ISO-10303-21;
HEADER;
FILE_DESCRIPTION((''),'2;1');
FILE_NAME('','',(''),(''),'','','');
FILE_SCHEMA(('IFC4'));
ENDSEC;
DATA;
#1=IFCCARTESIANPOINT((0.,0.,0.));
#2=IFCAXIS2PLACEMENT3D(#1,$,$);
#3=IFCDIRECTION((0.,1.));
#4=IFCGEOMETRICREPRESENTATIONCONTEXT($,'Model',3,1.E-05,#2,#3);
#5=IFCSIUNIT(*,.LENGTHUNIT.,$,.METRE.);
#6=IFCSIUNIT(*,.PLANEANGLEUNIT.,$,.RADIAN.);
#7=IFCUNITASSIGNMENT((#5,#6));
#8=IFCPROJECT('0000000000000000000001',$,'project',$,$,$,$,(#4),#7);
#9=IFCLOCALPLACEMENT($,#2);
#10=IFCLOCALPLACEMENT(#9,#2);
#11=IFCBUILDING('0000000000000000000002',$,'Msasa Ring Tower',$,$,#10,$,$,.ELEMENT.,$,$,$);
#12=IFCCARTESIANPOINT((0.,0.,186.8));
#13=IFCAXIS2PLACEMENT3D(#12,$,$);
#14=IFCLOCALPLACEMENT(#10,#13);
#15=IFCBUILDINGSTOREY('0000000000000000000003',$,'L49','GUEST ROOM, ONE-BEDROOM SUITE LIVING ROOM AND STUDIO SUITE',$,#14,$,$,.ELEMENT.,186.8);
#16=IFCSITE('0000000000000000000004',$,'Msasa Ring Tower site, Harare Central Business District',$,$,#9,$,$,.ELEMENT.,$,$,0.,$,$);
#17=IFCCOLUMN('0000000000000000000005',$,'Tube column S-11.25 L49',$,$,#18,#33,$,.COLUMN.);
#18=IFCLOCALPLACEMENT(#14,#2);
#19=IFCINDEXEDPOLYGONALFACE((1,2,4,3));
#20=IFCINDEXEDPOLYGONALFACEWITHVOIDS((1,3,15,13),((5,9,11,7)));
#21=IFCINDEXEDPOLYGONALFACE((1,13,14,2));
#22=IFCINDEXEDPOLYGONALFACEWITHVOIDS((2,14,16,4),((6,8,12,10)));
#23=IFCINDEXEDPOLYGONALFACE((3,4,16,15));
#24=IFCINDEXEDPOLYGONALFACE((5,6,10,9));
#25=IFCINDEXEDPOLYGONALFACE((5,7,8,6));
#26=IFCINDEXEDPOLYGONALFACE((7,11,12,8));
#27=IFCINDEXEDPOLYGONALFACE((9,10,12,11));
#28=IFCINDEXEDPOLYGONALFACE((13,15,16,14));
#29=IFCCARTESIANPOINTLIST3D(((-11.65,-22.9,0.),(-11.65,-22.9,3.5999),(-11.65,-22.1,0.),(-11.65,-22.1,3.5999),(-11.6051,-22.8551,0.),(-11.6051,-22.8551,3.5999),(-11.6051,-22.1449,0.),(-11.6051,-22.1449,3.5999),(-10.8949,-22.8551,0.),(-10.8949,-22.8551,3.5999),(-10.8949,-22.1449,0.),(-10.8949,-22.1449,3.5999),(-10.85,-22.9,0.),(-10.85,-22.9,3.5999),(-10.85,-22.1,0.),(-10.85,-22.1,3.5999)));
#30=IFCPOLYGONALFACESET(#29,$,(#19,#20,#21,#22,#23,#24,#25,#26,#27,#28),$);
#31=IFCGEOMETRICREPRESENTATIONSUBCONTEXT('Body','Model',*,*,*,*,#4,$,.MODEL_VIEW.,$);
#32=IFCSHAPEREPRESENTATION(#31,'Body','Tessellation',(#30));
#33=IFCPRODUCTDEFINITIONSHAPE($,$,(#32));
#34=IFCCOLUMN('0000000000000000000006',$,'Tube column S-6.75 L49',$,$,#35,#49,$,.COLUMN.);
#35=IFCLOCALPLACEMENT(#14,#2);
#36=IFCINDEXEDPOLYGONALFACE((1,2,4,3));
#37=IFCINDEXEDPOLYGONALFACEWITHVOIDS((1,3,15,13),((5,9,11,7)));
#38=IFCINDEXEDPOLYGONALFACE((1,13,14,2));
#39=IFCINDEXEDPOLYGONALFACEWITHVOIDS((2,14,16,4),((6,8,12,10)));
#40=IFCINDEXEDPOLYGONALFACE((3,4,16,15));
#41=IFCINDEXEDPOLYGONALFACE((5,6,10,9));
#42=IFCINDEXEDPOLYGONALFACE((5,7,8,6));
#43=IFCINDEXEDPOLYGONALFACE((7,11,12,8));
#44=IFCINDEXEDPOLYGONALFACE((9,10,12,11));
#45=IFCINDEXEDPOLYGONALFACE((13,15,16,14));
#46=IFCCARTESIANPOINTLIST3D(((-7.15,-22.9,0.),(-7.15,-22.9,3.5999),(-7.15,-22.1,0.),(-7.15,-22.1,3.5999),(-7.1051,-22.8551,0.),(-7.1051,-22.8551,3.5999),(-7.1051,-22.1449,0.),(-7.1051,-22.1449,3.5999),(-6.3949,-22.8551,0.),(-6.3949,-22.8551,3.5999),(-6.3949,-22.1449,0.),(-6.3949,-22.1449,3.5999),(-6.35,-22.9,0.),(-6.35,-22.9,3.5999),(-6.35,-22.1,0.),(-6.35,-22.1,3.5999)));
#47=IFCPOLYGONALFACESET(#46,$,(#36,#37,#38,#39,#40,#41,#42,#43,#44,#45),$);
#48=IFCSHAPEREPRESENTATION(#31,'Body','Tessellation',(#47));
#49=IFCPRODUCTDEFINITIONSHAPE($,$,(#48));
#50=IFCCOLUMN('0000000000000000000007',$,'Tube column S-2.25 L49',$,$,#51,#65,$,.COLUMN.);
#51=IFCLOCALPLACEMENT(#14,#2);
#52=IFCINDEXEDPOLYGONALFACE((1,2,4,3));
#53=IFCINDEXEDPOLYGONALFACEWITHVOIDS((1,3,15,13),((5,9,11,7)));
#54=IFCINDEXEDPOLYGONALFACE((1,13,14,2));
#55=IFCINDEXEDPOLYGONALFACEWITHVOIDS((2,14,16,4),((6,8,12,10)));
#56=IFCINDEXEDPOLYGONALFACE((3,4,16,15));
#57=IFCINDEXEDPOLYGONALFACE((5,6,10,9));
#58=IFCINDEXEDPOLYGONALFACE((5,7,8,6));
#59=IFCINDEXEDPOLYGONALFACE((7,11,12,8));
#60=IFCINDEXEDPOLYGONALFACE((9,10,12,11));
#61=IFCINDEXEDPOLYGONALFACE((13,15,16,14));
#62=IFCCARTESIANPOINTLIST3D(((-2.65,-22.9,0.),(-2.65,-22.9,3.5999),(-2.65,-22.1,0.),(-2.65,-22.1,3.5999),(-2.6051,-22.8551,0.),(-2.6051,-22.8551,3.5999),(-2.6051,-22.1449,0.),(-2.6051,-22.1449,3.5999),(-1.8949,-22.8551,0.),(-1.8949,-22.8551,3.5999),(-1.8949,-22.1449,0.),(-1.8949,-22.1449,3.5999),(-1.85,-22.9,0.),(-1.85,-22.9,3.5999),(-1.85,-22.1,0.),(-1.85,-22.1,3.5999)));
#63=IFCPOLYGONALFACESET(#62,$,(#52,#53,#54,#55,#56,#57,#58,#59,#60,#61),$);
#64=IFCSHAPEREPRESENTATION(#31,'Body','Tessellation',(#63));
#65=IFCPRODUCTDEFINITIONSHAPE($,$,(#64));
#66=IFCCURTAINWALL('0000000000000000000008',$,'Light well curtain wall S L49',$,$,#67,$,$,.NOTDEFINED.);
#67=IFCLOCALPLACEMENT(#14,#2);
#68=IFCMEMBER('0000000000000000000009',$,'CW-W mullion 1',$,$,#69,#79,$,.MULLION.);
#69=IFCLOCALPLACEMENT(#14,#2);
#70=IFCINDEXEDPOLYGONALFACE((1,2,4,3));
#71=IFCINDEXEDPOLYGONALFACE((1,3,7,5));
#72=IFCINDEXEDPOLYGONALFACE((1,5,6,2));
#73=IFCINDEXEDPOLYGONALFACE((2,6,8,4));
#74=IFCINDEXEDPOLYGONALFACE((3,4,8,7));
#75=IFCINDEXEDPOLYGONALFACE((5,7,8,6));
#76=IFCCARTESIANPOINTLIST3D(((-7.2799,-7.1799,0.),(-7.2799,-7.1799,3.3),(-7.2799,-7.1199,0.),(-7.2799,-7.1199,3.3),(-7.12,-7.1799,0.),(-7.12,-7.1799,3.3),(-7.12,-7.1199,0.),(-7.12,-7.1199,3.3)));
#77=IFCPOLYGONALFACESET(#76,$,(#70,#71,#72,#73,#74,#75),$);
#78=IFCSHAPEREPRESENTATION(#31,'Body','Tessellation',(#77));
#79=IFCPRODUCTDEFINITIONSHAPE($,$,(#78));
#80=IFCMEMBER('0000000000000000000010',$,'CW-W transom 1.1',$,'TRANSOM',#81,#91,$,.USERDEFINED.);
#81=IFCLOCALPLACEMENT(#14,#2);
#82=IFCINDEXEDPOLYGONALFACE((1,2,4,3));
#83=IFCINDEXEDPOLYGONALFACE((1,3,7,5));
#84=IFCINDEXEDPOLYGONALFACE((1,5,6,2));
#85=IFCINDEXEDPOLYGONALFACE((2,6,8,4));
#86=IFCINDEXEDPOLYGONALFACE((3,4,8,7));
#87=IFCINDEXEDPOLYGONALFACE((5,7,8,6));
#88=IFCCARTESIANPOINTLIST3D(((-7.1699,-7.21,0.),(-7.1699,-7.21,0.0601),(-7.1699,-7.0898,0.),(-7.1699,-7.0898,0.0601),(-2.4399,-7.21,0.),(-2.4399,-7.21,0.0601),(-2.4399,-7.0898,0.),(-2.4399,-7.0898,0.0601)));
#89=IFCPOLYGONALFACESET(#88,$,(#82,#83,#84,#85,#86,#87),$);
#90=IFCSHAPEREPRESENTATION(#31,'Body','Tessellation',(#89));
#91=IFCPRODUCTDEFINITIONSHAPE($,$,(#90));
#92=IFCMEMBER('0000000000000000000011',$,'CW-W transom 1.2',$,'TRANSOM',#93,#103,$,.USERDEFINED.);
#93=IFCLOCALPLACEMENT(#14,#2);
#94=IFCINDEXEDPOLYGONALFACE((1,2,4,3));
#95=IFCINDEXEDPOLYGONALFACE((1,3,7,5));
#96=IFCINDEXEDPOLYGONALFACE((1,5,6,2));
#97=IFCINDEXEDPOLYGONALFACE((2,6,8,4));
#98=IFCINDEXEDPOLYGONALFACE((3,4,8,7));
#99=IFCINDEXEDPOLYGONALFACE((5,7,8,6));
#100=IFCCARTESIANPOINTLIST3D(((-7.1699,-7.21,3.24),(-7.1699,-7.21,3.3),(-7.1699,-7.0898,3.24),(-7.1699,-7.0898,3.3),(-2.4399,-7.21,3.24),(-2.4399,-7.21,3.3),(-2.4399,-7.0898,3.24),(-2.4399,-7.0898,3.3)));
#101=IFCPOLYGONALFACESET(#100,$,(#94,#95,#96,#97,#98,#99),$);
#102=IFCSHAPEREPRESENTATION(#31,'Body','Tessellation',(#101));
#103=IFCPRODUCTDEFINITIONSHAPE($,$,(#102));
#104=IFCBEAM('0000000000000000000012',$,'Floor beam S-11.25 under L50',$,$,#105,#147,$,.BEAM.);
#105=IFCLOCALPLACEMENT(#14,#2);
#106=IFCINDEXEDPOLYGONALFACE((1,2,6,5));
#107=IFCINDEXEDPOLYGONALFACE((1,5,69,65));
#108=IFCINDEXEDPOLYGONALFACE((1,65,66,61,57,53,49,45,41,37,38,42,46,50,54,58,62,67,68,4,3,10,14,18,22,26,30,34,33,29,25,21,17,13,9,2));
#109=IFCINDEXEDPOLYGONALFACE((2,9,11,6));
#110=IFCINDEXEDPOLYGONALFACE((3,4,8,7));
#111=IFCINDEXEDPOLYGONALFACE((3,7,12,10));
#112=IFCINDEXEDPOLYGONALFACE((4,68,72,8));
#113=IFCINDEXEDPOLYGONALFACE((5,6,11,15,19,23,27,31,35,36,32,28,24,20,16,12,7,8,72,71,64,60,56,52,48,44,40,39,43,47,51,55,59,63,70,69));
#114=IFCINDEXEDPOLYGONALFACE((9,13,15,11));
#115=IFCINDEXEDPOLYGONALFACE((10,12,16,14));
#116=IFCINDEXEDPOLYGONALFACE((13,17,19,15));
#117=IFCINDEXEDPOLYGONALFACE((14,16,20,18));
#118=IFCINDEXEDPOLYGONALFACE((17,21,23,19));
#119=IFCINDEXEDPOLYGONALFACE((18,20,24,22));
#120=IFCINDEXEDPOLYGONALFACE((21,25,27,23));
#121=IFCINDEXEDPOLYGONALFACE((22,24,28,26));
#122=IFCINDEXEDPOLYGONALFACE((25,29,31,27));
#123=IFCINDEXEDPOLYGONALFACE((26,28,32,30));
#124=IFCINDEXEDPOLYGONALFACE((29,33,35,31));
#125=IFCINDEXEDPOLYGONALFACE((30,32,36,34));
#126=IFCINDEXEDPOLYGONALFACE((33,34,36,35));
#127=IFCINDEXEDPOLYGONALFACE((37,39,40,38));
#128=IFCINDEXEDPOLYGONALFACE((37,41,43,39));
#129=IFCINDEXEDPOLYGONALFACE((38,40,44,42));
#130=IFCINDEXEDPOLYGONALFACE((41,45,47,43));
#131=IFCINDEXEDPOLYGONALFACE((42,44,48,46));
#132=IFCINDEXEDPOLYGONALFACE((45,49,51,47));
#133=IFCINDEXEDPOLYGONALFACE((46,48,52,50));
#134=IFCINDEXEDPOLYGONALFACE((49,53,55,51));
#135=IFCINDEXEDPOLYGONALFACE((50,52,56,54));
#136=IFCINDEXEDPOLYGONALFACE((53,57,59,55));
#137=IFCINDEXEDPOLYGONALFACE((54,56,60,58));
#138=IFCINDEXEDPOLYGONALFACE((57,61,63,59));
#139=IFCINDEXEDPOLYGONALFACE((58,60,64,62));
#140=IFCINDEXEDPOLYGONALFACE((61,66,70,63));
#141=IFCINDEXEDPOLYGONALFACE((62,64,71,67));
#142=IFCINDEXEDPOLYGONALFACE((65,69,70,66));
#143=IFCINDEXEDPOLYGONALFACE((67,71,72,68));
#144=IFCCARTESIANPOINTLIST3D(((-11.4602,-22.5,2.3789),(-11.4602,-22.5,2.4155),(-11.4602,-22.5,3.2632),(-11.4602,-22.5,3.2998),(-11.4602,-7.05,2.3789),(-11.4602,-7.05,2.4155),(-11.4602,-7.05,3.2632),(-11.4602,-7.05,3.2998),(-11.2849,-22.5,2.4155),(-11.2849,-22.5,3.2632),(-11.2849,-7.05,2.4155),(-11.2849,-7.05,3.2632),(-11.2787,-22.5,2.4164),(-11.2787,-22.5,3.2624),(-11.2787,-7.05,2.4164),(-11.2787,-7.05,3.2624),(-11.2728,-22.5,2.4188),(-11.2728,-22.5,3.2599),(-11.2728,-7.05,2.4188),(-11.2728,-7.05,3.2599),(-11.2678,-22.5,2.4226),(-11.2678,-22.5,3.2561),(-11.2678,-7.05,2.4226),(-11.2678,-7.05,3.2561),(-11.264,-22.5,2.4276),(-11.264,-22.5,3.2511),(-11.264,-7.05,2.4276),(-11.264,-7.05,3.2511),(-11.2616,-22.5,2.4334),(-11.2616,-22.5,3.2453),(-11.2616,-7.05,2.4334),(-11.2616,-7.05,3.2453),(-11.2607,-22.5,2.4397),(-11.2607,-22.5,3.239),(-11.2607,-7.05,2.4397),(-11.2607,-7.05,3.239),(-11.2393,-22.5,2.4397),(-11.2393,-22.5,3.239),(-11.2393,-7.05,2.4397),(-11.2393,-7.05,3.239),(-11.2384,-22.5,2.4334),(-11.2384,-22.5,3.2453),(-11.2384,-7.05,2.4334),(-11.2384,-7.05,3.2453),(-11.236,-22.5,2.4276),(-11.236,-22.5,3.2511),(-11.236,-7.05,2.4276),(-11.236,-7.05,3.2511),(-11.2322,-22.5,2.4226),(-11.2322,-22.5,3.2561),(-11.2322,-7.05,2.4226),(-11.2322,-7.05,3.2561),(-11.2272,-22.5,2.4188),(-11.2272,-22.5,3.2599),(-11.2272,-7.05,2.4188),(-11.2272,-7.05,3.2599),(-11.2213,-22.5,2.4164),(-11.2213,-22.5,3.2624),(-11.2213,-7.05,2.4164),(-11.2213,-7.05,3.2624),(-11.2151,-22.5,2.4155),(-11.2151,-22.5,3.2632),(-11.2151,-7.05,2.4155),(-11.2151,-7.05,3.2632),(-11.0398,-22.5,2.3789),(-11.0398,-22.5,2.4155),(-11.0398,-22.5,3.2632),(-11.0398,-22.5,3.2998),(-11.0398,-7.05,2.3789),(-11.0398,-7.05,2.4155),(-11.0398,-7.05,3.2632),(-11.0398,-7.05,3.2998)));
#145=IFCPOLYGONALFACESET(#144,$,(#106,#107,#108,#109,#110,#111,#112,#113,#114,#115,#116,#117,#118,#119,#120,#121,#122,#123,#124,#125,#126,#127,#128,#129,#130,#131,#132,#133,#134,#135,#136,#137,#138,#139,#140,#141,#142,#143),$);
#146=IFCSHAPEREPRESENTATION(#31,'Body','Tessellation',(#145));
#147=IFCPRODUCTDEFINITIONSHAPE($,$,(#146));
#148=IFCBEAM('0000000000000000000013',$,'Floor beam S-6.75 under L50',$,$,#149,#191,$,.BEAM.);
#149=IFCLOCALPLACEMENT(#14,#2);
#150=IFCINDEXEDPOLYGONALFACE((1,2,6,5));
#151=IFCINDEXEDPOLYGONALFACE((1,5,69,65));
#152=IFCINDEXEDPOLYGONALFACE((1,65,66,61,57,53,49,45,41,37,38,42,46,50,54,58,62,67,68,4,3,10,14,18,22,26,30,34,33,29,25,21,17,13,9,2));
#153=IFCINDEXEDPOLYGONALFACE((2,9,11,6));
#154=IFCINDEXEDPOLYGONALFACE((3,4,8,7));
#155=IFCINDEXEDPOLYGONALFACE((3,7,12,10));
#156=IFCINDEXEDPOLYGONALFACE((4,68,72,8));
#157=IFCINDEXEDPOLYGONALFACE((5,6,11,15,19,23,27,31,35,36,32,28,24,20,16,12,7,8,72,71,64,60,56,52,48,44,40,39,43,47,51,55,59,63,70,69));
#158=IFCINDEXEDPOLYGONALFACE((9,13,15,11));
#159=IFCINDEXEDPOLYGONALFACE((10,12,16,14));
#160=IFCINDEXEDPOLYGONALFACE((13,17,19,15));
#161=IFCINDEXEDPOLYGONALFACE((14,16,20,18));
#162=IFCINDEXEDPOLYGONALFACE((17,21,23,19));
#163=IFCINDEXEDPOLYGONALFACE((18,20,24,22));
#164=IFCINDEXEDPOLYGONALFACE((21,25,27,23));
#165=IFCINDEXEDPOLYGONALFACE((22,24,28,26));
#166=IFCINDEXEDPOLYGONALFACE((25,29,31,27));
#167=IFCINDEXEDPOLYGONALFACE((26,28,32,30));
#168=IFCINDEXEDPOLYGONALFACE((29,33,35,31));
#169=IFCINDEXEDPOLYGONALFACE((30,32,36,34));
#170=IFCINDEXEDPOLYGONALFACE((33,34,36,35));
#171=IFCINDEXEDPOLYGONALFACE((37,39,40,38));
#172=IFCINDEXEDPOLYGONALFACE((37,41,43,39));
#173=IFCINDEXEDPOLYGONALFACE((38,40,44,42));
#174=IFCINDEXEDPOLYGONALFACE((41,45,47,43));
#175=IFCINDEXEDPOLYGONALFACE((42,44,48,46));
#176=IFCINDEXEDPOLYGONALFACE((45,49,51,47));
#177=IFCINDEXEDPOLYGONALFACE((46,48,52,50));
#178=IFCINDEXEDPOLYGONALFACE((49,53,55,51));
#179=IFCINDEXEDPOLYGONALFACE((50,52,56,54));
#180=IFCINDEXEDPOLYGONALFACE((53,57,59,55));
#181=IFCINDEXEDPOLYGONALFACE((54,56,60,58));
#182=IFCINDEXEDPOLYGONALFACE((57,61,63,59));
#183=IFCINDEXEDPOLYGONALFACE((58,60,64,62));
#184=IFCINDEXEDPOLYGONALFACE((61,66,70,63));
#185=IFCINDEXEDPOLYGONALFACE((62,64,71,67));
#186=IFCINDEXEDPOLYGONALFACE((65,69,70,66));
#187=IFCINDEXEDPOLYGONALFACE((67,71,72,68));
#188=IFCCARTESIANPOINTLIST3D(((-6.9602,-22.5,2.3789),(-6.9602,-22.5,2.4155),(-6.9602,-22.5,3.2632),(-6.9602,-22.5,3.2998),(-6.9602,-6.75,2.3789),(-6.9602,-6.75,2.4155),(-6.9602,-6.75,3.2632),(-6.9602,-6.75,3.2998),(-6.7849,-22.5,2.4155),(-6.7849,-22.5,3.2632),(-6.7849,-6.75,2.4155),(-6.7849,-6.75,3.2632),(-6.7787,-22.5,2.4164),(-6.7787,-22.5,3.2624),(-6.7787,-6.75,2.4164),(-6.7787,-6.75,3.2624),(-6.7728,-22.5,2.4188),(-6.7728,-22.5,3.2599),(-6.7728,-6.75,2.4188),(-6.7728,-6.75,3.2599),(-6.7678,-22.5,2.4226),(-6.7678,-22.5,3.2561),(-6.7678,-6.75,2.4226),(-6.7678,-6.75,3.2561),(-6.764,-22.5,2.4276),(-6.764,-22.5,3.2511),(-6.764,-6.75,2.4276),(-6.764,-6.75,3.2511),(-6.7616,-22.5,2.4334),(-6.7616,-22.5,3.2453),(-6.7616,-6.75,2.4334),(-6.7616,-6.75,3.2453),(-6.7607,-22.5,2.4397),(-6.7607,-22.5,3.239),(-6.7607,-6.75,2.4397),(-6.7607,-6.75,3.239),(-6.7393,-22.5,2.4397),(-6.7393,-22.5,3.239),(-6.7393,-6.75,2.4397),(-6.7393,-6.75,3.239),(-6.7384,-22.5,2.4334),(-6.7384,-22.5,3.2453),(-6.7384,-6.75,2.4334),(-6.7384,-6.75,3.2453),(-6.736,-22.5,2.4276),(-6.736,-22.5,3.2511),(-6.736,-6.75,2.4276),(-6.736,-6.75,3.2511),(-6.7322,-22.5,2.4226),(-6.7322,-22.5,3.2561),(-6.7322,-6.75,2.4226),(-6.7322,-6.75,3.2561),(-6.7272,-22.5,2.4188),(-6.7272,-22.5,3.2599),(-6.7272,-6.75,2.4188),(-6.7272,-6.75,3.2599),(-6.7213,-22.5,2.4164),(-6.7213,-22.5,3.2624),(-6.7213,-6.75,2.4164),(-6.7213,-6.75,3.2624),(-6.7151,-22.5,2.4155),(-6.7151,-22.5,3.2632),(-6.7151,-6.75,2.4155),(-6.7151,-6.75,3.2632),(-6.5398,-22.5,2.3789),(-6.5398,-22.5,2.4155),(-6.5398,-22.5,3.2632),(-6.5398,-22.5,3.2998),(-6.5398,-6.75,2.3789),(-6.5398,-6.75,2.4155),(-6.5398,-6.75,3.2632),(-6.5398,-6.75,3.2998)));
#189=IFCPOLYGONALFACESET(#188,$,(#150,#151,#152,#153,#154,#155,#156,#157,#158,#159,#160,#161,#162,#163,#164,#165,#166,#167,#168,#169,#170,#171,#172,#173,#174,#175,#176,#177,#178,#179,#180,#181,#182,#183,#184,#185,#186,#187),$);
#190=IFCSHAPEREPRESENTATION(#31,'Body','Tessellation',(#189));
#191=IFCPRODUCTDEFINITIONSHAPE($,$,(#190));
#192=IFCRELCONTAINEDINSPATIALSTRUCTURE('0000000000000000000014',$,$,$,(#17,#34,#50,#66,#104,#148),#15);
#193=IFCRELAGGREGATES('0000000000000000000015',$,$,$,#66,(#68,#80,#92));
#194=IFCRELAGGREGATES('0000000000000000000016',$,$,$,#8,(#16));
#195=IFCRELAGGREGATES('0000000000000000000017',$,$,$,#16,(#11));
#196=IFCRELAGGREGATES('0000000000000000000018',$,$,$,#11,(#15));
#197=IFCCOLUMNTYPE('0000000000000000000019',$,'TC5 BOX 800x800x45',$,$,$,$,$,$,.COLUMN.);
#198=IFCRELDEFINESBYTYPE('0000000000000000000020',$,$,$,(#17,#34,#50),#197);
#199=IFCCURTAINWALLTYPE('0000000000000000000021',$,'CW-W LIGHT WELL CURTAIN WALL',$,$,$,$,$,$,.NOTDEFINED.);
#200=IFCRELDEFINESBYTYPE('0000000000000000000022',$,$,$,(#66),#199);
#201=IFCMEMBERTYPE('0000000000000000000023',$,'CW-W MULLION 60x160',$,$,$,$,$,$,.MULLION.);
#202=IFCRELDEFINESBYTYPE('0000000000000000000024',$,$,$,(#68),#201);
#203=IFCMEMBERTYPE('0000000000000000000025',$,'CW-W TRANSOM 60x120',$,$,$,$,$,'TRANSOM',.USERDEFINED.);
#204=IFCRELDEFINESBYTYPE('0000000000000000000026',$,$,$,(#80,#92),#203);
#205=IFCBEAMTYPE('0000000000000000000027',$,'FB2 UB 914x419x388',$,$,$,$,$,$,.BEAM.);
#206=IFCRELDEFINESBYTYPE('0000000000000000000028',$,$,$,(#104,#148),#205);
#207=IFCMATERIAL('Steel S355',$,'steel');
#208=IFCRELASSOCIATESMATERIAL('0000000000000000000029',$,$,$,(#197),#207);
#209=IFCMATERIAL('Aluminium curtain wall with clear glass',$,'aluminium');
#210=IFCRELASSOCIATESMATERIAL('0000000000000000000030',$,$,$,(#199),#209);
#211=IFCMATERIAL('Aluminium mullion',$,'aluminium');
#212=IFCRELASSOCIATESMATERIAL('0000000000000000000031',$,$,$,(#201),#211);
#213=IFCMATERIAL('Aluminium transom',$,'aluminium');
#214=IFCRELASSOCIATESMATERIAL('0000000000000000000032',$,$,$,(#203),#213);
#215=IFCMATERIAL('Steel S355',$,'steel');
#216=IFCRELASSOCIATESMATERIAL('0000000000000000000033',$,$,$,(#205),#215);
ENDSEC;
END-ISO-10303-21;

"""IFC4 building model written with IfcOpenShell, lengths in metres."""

from ifc_helpers import new_model, si_unit, direction, frame, origin, origin_2d, place, context, subcontext, project, spatial, rectangle, hollow_rectangle, i_section, extrude, material, material_profile, profile_set, type_object, element, aggregate, save


model = new_model("IFC4")

# Units and contexts
model_context = context("Model", 3, precision=1e-05, world=origin(), true_north=direction((0.0, 1.0)))
body_context = subcontext(model_context, "Body", "Model", "MODEL_VIEW")
ifc_project = project(units=[si_unit("LENGTHUNIT", "METRE"), si_unit("PLANEANGLEUNIT", "RADIAN")], contexts=[model_context])

# Site, building, storey
site_placement = place(None, origin())
site = spatial("IfcSite", under=ifc_project, at=site_placement, Name="Msasa Ring Tower site, Harare Central Business District", CompositionType="ELEMENT", RefElevation=0.0)
building_placement = place(site_placement, origin())
building = spatial("IfcBuilding", under=site, at=building_placement, Name="Msasa Ring Tower", CompositionType="ELEMENT")
storey_placement = place(building_placement, frame((0.0, 0.0, 186.8)))
storey = spatial("IfcBuildingStorey", under=building, at=storey_placement, Name="L49", Description="GUEST ROOM, ONE-BEDROOM SUITE LIVING ROOM AND STUDIO SUITE", CompositionType="ELEMENT", Elevation=186.8)

# Columns
ifc_material_1 = material(Name="Steel S355", Category="steel")
ifc_material_profile_1 = material_profile(ifc_material_1, hollow_rectangle(XDim=0.8, YDim=0.8, WallThickness=0.0449, at=origin_2d()), Name="BOX 800x800x45")
ifc_profile_set_1 = profile_set([ifc_material_profile_1], Name="Steel S355")
column_type = type_object("IfcColumnType", Name="TC5 BOX 800x800x45", PredefinedType="COLUMN", material=ifc_profile_set_1)
for number, where, z_axis, x_axis, name in (
    (1, (-11.25, -22.5, 0.0), (0.0, 0.0, 1.0), (0.0, 1.0, 0.0), "Tube column S-11.25 L49"),
    (2, (-6.75, -22.5, 0.0), (0.0, 0.0, 1.0), (0.0, 1.0, 0.0), "Tube column S-6.75 L49"),
    (3, (-2.25, -22.5, 0.0), (0.0, 0.0, 1.0), (0.0, 1.0, 0.0), "Tube column S-2.25 L49"),
):
    element("IfcColumn", number, at=place(storey_placement, frame(where, z_axis=z_axis, x_axis=x_axis)), inside=storey, type_object=column_type, Name=name, PredefinedType="COLUMN", context=body_context, shape_type="SweptSolid", body=[
        extrude(hollow_rectangle(XDim=0.8, YDim=0.8, WallThickness=0.0449, at=origin_2d()), origin(), (0.0, 0.0, 1.0), 3.5999),
    ])

# Curtain wall, members
ifc_material_2 = material(Name="Aluminium curtain wall with clear glass", Category="aluminium")
curtain_wall_type = type_object("IfcCurtainWallType", Name="CW-W LIGHT WELL CURTAIN WALL", PredefinedType="NOTDEFINED", material=ifc_material_2)
curtain_wall_placement = place(storey_placement, origin())
curtain_wall = element("IfcCurtainWall", 4, at=curtain_wall_placement, inside=storey, type_object=curtain_wall_type, Name="Light well curtain wall S L49", PredefinedType="NOTDEFINED")
ifc_material_3 = material(Name="Aluminium mullion", Category="aluminium")
ifc_material_profile_2 = material_profile(ifc_material_3, rectangle(XDim=0.0601, YDim=0.1599, at=origin_2d()), Name="AL 60x160")
ifc_profile_set_2 = profile_set([ifc_material_profile_2], Name="Aluminium mullion")
member_type_1 = type_object("IfcMemberType", Name="CW-W MULLION 60x160", PredefinedType="MULLION", material=ifc_profile_set_2)
member_1_placement = place(storey_placement, frame((-7.2, -7.1499, 0.0), z_axis=(0.0, 0.0, 1.0), x_axis=(0.0, 1.0, 0.0)))
member_1 = element("IfcMember", 5, at=member_1_placement, type_object=member_type_1, Name="CW-W mullion 1", PredefinedType="MULLION", context=body_context, shape_type="SweptSolid", body=[
    extrude(rectangle(XDim=0.0601, YDim=0.1599, at=origin_2d()), origin(), (0.0, 0.0, 1.0), 3.3),
])
ifc_material_4 = material(Name="Aluminium transom", Category="aluminium")
ifc_material_profile_3 = material_profile(ifc_material_4, rectangle(XDim=0.1201, YDim=0.0601, at=origin_2d()), Name="AL 60x120")
ifc_profile_set_3 = profile_set([ifc_material_profile_3], Name="Aluminium transom")
member_type_2 = type_object("IfcMemberType", Name="CW-W TRANSOM 60x120", ElementType="TRANSOM", PredefinedType="USERDEFINED", material=ifc_profile_set_3)
member_2_placement = place(storey_placement, frame((-7.1699, -7.1499, 0.03), z_axis=(1.0, 0.0, 0.0), x_axis=(0.0, 1.0, 0.0)))
member_2 = element("IfcMember", 6, at=member_2_placement, type_object=member_type_2, Name="CW-W transom 1.1", ObjectType="TRANSOM", PredefinedType="USERDEFINED", context=body_context, shape_type="SweptSolid", body=[
    extrude(rectangle(XDim=0.1201, YDim=0.0601, at=origin_2d()), origin(), (0.0, 0.0, 1.0), 4.73),
])
member_3_placement = place(storey_placement, frame((-7.1699, -7.1499, 3.27), z_axis=(1.0, 0.0, 0.0), x_axis=(0.0, 1.0, 0.0)))
member_3 = element("IfcMember", 7, at=member_3_placement, type_object=member_type_2, Name="CW-W transom 1.2", ObjectType="TRANSOM", PredefinedType="USERDEFINED", context=body_context, shape_type="SweptSolid", body=[
    extrude(rectangle(XDim=0.1201, YDim=0.0601, at=origin_2d()), origin(), (0.0, 0.0, 1.0), 4.73),
])

# Beams
ifc_material_5 = material(Name="Steel S355", Category="steel")
ifc_material_profile_4 = material_profile(ifc_material_5, i_section(OverallWidth=0.4204, OverallDepth=0.9209, WebThickness=0.0215, FlangeThickness=0.0366, FilletRadius=0.0242, at=origin_2d()), Name="UB 914x419x388")
ifc_profile_set_4 = profile_set([ifc_material_profile_4], Name="Steel S355")
beam_type_1 = type_object("IfcBeamType", Name="FB2 UB 914x419x388", PredefinedType="BEAM", material=ifc_profile_set_4)
beam_placement = place(storey_placement, frame((-11.25, -22.5, 2.8394), z_axis=(0.0, 1.0, 0.0), x_axis=(-1.0, 0.0, 0.0)))
element("IfcBeam", 8, at=beam_placement, inside=storey, type_object=beam_type_1, Name="Floor beam S-11.25 under L50", PredefinedType="BEAM", context=body_context, shape_type="SweptSolid", body=[
    extrude(i_section(OverallWidth=0.4204, OverallDepth=0.9209, WebThickness=0.0215, FlangeThickness=0.0366, FilletRadius=0.0242, at=origin_2d()), origin(), (0.0, 0.0, 1.0), 15.45),
])
for number, where, z_axis, x_axis, name in (
    (9, (-6.75, -22.5, 2.8394), (0.0, 1.0, 0.0), (-1.0, 0.0, 0.0), "Floor beam S-6.75 under L50"),
):
    element("IfcBeam", number, at=place(storey_placement, frame(where, z_axis=z_axis, x_axis=x_axis)), inside=storey, type_object=beam_type_1, Name=name, PredefinedType="BEAM", context=body_context, shape_type="SweptSolid", body=[
        extrude(i_section(OverallWidth=0.4204, OverallDepth=0.9209, WebThickness=0.0215, FlangeThickness=0.0366, FilletRadius=0.0242, at=origin_2d()), origin(), (0.0, 0.0, 1.0), 15.75),
    ])

aggregate(curtain_wall, [member_1, member_2, member_3])

save(model, "model.ifc")
